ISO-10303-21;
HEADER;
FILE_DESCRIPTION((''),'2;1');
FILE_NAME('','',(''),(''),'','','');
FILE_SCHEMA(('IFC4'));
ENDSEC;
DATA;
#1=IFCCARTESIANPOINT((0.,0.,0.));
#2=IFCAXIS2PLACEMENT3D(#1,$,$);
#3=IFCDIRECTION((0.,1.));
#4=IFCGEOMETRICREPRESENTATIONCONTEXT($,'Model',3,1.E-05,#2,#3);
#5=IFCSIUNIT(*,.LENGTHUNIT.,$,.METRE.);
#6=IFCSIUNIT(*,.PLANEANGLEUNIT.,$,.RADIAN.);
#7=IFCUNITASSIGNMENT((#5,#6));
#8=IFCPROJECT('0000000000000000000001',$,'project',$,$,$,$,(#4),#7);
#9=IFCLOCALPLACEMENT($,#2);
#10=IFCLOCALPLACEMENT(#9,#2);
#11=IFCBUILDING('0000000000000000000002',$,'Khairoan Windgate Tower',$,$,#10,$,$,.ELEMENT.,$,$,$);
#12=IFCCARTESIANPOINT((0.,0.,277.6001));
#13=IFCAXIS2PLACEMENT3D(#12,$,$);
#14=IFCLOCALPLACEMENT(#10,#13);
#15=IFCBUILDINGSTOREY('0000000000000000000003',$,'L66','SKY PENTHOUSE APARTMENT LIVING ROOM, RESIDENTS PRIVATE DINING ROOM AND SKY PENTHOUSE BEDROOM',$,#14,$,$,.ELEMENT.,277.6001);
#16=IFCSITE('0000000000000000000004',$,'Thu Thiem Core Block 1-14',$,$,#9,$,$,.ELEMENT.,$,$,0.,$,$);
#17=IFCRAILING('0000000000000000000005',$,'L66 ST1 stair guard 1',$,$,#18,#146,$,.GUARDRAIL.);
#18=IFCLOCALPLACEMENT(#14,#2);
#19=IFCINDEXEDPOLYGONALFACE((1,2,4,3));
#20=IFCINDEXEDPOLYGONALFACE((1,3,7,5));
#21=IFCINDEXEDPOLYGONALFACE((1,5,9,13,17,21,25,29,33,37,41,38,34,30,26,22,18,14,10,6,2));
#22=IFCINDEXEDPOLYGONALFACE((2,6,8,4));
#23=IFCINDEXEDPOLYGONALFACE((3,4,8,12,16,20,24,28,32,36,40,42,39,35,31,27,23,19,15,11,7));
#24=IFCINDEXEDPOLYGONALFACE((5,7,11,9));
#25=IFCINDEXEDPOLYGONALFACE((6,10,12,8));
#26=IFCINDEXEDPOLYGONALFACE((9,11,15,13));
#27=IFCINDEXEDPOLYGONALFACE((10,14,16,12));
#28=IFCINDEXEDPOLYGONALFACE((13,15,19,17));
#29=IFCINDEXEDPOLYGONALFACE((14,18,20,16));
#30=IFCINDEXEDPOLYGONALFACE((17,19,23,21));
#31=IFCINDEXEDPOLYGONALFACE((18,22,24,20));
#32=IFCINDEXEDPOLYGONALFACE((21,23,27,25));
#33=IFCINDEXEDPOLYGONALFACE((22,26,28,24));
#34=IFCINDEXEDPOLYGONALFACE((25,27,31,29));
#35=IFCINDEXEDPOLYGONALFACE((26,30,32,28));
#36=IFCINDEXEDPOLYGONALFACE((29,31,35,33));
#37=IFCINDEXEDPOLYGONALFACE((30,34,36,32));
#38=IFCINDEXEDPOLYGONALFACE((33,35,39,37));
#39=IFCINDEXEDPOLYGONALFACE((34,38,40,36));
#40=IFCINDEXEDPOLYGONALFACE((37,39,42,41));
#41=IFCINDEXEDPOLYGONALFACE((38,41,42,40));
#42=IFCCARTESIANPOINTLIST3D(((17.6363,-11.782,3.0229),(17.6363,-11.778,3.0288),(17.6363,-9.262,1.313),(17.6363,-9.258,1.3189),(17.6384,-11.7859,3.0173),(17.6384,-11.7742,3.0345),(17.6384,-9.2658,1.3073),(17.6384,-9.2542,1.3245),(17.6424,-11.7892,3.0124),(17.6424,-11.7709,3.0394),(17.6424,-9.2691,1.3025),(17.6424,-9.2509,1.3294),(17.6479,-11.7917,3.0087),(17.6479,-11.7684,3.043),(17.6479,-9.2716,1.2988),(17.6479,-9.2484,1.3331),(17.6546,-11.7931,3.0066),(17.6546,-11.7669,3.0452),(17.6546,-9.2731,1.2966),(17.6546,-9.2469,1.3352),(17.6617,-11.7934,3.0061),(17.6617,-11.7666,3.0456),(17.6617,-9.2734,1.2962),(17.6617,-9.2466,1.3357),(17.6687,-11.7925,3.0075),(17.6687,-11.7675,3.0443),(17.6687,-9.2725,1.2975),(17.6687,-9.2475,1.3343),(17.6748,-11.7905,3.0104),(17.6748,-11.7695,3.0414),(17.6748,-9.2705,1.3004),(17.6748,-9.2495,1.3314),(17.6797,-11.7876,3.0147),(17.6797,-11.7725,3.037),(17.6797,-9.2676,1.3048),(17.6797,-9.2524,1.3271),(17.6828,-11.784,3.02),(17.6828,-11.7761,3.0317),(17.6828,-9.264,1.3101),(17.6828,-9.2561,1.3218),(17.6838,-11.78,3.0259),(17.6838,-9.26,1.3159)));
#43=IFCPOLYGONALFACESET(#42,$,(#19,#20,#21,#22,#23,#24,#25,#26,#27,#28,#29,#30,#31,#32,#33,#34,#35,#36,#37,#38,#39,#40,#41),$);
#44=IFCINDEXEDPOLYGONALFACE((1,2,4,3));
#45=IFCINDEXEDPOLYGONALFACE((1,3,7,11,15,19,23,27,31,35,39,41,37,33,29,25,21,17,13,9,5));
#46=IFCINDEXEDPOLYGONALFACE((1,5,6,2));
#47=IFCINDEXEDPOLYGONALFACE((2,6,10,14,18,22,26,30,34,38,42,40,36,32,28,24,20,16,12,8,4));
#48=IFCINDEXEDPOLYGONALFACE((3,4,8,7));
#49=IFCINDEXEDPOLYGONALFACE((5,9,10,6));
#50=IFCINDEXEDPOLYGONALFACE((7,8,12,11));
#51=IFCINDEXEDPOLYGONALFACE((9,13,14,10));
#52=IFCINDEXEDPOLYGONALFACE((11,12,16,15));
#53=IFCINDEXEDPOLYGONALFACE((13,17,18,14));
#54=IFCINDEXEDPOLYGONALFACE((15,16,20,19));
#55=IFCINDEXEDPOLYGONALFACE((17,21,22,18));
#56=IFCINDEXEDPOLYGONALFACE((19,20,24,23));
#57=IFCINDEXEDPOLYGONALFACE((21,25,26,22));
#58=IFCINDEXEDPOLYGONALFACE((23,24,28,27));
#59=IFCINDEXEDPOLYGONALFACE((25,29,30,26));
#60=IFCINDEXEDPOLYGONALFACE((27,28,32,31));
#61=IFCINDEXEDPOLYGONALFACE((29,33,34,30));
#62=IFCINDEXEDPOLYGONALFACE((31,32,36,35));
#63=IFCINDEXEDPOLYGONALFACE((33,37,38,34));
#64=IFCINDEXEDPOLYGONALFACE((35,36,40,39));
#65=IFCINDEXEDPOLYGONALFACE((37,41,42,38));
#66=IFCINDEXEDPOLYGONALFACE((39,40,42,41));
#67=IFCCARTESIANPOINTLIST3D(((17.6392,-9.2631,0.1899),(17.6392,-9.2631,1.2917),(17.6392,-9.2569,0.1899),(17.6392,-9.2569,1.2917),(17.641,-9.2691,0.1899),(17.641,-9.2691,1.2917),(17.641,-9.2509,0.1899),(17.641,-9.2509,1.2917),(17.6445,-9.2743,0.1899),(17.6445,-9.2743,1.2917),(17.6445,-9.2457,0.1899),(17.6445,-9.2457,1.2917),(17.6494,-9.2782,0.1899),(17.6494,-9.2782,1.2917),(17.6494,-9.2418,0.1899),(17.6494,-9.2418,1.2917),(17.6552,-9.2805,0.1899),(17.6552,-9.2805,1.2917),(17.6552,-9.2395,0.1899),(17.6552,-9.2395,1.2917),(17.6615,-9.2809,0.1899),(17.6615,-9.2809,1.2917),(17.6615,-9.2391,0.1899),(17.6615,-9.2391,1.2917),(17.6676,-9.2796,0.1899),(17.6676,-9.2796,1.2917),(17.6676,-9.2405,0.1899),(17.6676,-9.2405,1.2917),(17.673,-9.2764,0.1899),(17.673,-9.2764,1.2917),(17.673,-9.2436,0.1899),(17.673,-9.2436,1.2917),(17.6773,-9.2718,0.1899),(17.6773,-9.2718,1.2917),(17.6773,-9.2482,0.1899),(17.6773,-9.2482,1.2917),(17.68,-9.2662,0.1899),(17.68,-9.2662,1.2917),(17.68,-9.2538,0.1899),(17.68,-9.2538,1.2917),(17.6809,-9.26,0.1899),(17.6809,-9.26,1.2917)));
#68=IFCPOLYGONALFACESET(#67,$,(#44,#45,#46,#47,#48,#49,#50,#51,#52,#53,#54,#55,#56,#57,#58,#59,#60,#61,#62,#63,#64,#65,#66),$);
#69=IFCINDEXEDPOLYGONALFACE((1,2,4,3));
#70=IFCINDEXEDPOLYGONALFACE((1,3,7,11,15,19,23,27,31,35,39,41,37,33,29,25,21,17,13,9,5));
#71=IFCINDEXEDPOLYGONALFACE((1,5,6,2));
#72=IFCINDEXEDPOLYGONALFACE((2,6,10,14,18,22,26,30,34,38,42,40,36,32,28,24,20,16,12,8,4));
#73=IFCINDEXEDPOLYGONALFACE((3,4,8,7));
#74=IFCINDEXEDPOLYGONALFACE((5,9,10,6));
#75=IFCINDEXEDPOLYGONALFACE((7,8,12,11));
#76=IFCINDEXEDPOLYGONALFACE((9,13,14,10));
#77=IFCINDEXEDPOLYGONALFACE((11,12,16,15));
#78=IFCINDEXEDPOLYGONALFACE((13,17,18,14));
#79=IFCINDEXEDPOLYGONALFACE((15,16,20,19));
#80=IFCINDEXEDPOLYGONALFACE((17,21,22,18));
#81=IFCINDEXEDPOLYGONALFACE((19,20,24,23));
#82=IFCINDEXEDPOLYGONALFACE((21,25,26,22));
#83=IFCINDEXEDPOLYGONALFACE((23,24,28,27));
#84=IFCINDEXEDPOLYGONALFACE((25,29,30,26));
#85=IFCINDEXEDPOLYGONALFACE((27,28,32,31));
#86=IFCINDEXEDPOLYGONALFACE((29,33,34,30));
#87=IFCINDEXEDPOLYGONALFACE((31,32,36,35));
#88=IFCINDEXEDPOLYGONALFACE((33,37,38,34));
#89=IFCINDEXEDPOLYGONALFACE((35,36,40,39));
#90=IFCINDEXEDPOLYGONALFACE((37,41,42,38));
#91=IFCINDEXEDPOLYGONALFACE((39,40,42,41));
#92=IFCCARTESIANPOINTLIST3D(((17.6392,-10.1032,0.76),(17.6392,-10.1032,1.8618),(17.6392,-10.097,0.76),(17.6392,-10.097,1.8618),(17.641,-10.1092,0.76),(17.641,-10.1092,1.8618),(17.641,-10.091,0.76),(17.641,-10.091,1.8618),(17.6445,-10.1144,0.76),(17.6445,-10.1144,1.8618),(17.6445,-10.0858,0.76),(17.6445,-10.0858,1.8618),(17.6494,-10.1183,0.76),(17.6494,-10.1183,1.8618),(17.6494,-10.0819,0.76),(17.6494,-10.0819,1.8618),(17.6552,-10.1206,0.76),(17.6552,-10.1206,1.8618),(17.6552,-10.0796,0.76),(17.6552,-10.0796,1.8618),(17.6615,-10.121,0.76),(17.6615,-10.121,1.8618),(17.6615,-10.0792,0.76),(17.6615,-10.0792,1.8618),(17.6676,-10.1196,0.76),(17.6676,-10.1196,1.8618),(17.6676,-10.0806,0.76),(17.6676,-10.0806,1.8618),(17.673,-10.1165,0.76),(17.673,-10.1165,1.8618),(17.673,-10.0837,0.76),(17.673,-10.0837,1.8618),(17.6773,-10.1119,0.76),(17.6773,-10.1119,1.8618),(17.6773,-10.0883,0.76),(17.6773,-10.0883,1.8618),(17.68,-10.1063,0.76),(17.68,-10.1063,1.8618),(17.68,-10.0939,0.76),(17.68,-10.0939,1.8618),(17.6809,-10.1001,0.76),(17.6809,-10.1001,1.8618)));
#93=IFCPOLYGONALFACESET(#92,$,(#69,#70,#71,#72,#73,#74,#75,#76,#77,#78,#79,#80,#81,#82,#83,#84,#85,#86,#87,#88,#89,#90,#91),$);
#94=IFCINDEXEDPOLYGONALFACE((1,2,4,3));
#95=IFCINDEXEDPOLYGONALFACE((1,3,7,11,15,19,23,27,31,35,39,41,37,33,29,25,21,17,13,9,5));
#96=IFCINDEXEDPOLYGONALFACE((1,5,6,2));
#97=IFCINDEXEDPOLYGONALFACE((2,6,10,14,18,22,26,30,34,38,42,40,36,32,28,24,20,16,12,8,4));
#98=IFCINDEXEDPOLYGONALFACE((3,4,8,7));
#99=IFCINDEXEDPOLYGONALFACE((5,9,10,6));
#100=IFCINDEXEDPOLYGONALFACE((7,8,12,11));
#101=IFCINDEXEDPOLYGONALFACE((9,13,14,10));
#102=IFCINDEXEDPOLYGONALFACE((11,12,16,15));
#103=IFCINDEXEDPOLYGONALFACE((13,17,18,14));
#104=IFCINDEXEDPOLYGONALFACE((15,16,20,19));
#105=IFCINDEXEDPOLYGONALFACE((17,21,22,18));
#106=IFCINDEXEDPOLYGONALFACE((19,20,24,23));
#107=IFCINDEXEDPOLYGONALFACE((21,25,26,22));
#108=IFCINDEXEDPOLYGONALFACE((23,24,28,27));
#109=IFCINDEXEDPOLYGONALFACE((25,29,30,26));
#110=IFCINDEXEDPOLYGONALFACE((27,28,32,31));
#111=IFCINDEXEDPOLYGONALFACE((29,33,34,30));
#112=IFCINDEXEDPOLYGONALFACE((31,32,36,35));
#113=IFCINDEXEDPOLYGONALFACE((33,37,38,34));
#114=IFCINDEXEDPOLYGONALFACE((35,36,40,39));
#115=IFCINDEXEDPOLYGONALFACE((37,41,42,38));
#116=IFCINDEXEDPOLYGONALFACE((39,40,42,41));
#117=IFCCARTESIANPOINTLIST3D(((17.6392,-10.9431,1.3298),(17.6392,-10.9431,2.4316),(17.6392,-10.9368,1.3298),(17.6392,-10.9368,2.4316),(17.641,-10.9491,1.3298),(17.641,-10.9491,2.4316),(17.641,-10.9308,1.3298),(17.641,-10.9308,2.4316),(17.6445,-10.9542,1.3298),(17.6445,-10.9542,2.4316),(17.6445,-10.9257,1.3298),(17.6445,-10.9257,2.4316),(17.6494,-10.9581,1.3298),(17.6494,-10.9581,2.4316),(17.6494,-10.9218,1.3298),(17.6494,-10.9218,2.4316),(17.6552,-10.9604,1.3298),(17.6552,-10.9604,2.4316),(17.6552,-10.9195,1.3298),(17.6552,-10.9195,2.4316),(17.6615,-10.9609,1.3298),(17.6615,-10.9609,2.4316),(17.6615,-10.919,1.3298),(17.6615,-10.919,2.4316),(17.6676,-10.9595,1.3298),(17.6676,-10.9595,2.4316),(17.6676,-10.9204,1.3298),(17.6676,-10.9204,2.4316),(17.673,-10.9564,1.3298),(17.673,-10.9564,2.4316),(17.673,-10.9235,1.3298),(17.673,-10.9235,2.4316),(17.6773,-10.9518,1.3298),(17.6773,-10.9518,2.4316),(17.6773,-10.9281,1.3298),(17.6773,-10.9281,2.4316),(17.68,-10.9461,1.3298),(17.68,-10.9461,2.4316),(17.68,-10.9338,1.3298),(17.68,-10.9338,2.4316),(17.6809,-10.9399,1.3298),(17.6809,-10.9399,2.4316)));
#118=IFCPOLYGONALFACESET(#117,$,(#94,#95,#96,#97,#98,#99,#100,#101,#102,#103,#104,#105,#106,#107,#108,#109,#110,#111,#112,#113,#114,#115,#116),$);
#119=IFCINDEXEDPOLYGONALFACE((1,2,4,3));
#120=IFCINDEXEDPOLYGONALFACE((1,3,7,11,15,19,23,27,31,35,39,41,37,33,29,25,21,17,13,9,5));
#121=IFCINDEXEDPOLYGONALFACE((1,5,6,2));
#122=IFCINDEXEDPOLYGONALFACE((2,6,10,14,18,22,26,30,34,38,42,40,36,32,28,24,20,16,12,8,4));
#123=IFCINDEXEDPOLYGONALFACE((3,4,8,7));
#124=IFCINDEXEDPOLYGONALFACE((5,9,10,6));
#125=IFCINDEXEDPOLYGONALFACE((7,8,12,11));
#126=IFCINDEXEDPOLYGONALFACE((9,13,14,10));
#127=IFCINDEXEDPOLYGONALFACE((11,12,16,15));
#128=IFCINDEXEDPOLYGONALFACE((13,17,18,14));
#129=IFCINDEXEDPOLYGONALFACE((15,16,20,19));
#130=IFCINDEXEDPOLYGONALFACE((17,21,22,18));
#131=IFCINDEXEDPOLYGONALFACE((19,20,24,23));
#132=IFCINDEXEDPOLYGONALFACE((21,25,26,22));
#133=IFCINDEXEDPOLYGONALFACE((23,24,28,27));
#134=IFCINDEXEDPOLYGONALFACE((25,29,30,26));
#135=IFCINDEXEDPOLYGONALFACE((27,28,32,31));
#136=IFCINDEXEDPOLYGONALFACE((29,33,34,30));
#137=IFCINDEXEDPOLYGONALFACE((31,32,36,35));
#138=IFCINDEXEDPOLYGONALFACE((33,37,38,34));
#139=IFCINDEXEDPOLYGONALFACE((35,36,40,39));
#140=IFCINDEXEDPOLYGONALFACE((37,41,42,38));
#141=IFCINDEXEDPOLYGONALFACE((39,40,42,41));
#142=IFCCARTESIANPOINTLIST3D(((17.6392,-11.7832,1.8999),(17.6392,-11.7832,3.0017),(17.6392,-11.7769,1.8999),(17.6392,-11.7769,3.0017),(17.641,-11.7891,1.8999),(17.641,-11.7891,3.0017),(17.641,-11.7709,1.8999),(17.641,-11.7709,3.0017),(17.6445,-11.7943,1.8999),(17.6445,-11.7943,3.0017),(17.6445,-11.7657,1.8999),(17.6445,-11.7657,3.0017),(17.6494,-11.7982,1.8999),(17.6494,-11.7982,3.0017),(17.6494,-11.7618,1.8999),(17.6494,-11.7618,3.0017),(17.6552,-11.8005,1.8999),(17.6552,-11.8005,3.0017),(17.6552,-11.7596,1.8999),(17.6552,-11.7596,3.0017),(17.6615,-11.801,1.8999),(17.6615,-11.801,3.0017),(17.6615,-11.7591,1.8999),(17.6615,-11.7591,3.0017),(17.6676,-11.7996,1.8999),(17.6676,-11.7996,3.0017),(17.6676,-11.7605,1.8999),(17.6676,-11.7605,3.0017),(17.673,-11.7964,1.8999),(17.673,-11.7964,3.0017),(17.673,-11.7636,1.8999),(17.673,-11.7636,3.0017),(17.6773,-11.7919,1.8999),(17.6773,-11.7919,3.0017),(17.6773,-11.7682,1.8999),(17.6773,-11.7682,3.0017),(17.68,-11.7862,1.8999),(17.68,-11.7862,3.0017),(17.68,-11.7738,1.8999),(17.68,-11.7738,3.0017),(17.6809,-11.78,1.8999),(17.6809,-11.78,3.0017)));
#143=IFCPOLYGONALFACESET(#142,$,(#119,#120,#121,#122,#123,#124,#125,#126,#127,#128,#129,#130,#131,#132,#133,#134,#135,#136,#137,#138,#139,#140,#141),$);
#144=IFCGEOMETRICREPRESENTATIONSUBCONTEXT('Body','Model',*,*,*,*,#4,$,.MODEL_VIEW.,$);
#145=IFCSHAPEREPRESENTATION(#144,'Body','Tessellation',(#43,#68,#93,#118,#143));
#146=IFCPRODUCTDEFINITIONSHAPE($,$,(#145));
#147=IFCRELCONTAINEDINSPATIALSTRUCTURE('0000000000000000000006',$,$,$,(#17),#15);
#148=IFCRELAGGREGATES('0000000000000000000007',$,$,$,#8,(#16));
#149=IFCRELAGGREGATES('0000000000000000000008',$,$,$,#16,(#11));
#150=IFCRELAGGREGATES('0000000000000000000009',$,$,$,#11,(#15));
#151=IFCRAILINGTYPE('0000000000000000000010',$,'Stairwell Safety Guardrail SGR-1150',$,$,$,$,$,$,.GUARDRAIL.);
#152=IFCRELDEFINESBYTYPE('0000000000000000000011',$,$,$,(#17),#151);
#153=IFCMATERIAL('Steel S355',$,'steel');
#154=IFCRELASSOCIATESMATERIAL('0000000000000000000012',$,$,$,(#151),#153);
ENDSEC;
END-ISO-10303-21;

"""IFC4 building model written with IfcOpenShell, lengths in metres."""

from ifc_helpers import new_model, si_unit, direction, frame, origin, origin_2d, place, context, subcontext, project, spatial, circle, extrude, material, type_object, element, save


model = new_model("IFC4")

# Units and contexts
model_context = context("Model", 3, precision=1e-05, world=origin(), true_north=direction((0.0, 1.0)))
body_context = subcontext(model_context, "Body", "Model", "MODEL_VIEW")
ifc_project = project(units=[si_unit("LENGTHUNIT", "METRE"), si_unit("PLANEANGLEUNIT", "RADIAN")], contexts=[model_context])

# Site, building, storey
site_placement = place(None, origin())
site = spatial("IfcSite", under=ifc_project, at=site_placement, Name="Thu Thiem Core Block 1-14", CompositionType="ELEMENT", RefElevation=0.0)
building_placement = place(site_placement, origin())
building = spatial("IfcBuilding", under=site, at=building_placement, Name="Khairoan Windgate Tower", CompositionType="ELEMENT")
storey_placement = place(building_placement, frame((0.0, 0.0, 277.6001)))
storey = spatial("IfcBuildingStorey", under=building, at=storey_placement, Name="L66", Description="SKY PENTHOUSE APARTMENT LIVING ROOM, RESIDENTS PRIVATE DINING ROOM AND SKY PENTHOUSE BEDROOM", CompositionType="ELEMENT", Elevation=277.6001)

# Railing
ifc_material_1 = material(Name="Steel S355", Category="steel")
railing_type_1 = type_object("IfcRailingType", Name="Stairwell Safety Guardrail SGR-1150", PredefinedType="GUARDRAIL", material=ifc_material_1)
railing_1_placement = place(storey_placement, frame((17.6599, -9.26, 0.1899)))
element("IfcRailing", 1, at=railing_1_placement, inside=storey, type_object=railing_type_1, Name="L66 ST1 stair guard 1", PredefinedType="GUARDRAIL", context=body_context, shape_type="SweptSolid", body=[
    extrude(circle(Radius=0.0239, at=origin_2d()), frame((0.0, 0.0, 1.126), z_axis=(0.0, -0.827484, 0.56149), x_axis=(1.0, 0.0, 0.0)), (0.0, 0.0, 1.0), 3.0454),
    extrude(circle(Radius=0.021, at=origin_2d()), origin(), (0.0, 0.0, 1.0), 1.1018),
    extrude(circle(Radius=0.021, at=origin_2d()), frame((0.0, -0.8401, 0.5701)), (0.0, 0.0, 1.0), 1.1018),
    extrude(circle(Radius=0.021, at=origin_2d()), frame((0.0, -1.6799, 1.1399)), (0.0, 0.0, 1.0), 1.1018),
    extrude(circle(Radius=0.021, at=origin_2d()), frame((0.0, -2.52, 1.71)), (0.0, 0.0, 1.0), 1.1018),
])

save(model, "model.ifc")
